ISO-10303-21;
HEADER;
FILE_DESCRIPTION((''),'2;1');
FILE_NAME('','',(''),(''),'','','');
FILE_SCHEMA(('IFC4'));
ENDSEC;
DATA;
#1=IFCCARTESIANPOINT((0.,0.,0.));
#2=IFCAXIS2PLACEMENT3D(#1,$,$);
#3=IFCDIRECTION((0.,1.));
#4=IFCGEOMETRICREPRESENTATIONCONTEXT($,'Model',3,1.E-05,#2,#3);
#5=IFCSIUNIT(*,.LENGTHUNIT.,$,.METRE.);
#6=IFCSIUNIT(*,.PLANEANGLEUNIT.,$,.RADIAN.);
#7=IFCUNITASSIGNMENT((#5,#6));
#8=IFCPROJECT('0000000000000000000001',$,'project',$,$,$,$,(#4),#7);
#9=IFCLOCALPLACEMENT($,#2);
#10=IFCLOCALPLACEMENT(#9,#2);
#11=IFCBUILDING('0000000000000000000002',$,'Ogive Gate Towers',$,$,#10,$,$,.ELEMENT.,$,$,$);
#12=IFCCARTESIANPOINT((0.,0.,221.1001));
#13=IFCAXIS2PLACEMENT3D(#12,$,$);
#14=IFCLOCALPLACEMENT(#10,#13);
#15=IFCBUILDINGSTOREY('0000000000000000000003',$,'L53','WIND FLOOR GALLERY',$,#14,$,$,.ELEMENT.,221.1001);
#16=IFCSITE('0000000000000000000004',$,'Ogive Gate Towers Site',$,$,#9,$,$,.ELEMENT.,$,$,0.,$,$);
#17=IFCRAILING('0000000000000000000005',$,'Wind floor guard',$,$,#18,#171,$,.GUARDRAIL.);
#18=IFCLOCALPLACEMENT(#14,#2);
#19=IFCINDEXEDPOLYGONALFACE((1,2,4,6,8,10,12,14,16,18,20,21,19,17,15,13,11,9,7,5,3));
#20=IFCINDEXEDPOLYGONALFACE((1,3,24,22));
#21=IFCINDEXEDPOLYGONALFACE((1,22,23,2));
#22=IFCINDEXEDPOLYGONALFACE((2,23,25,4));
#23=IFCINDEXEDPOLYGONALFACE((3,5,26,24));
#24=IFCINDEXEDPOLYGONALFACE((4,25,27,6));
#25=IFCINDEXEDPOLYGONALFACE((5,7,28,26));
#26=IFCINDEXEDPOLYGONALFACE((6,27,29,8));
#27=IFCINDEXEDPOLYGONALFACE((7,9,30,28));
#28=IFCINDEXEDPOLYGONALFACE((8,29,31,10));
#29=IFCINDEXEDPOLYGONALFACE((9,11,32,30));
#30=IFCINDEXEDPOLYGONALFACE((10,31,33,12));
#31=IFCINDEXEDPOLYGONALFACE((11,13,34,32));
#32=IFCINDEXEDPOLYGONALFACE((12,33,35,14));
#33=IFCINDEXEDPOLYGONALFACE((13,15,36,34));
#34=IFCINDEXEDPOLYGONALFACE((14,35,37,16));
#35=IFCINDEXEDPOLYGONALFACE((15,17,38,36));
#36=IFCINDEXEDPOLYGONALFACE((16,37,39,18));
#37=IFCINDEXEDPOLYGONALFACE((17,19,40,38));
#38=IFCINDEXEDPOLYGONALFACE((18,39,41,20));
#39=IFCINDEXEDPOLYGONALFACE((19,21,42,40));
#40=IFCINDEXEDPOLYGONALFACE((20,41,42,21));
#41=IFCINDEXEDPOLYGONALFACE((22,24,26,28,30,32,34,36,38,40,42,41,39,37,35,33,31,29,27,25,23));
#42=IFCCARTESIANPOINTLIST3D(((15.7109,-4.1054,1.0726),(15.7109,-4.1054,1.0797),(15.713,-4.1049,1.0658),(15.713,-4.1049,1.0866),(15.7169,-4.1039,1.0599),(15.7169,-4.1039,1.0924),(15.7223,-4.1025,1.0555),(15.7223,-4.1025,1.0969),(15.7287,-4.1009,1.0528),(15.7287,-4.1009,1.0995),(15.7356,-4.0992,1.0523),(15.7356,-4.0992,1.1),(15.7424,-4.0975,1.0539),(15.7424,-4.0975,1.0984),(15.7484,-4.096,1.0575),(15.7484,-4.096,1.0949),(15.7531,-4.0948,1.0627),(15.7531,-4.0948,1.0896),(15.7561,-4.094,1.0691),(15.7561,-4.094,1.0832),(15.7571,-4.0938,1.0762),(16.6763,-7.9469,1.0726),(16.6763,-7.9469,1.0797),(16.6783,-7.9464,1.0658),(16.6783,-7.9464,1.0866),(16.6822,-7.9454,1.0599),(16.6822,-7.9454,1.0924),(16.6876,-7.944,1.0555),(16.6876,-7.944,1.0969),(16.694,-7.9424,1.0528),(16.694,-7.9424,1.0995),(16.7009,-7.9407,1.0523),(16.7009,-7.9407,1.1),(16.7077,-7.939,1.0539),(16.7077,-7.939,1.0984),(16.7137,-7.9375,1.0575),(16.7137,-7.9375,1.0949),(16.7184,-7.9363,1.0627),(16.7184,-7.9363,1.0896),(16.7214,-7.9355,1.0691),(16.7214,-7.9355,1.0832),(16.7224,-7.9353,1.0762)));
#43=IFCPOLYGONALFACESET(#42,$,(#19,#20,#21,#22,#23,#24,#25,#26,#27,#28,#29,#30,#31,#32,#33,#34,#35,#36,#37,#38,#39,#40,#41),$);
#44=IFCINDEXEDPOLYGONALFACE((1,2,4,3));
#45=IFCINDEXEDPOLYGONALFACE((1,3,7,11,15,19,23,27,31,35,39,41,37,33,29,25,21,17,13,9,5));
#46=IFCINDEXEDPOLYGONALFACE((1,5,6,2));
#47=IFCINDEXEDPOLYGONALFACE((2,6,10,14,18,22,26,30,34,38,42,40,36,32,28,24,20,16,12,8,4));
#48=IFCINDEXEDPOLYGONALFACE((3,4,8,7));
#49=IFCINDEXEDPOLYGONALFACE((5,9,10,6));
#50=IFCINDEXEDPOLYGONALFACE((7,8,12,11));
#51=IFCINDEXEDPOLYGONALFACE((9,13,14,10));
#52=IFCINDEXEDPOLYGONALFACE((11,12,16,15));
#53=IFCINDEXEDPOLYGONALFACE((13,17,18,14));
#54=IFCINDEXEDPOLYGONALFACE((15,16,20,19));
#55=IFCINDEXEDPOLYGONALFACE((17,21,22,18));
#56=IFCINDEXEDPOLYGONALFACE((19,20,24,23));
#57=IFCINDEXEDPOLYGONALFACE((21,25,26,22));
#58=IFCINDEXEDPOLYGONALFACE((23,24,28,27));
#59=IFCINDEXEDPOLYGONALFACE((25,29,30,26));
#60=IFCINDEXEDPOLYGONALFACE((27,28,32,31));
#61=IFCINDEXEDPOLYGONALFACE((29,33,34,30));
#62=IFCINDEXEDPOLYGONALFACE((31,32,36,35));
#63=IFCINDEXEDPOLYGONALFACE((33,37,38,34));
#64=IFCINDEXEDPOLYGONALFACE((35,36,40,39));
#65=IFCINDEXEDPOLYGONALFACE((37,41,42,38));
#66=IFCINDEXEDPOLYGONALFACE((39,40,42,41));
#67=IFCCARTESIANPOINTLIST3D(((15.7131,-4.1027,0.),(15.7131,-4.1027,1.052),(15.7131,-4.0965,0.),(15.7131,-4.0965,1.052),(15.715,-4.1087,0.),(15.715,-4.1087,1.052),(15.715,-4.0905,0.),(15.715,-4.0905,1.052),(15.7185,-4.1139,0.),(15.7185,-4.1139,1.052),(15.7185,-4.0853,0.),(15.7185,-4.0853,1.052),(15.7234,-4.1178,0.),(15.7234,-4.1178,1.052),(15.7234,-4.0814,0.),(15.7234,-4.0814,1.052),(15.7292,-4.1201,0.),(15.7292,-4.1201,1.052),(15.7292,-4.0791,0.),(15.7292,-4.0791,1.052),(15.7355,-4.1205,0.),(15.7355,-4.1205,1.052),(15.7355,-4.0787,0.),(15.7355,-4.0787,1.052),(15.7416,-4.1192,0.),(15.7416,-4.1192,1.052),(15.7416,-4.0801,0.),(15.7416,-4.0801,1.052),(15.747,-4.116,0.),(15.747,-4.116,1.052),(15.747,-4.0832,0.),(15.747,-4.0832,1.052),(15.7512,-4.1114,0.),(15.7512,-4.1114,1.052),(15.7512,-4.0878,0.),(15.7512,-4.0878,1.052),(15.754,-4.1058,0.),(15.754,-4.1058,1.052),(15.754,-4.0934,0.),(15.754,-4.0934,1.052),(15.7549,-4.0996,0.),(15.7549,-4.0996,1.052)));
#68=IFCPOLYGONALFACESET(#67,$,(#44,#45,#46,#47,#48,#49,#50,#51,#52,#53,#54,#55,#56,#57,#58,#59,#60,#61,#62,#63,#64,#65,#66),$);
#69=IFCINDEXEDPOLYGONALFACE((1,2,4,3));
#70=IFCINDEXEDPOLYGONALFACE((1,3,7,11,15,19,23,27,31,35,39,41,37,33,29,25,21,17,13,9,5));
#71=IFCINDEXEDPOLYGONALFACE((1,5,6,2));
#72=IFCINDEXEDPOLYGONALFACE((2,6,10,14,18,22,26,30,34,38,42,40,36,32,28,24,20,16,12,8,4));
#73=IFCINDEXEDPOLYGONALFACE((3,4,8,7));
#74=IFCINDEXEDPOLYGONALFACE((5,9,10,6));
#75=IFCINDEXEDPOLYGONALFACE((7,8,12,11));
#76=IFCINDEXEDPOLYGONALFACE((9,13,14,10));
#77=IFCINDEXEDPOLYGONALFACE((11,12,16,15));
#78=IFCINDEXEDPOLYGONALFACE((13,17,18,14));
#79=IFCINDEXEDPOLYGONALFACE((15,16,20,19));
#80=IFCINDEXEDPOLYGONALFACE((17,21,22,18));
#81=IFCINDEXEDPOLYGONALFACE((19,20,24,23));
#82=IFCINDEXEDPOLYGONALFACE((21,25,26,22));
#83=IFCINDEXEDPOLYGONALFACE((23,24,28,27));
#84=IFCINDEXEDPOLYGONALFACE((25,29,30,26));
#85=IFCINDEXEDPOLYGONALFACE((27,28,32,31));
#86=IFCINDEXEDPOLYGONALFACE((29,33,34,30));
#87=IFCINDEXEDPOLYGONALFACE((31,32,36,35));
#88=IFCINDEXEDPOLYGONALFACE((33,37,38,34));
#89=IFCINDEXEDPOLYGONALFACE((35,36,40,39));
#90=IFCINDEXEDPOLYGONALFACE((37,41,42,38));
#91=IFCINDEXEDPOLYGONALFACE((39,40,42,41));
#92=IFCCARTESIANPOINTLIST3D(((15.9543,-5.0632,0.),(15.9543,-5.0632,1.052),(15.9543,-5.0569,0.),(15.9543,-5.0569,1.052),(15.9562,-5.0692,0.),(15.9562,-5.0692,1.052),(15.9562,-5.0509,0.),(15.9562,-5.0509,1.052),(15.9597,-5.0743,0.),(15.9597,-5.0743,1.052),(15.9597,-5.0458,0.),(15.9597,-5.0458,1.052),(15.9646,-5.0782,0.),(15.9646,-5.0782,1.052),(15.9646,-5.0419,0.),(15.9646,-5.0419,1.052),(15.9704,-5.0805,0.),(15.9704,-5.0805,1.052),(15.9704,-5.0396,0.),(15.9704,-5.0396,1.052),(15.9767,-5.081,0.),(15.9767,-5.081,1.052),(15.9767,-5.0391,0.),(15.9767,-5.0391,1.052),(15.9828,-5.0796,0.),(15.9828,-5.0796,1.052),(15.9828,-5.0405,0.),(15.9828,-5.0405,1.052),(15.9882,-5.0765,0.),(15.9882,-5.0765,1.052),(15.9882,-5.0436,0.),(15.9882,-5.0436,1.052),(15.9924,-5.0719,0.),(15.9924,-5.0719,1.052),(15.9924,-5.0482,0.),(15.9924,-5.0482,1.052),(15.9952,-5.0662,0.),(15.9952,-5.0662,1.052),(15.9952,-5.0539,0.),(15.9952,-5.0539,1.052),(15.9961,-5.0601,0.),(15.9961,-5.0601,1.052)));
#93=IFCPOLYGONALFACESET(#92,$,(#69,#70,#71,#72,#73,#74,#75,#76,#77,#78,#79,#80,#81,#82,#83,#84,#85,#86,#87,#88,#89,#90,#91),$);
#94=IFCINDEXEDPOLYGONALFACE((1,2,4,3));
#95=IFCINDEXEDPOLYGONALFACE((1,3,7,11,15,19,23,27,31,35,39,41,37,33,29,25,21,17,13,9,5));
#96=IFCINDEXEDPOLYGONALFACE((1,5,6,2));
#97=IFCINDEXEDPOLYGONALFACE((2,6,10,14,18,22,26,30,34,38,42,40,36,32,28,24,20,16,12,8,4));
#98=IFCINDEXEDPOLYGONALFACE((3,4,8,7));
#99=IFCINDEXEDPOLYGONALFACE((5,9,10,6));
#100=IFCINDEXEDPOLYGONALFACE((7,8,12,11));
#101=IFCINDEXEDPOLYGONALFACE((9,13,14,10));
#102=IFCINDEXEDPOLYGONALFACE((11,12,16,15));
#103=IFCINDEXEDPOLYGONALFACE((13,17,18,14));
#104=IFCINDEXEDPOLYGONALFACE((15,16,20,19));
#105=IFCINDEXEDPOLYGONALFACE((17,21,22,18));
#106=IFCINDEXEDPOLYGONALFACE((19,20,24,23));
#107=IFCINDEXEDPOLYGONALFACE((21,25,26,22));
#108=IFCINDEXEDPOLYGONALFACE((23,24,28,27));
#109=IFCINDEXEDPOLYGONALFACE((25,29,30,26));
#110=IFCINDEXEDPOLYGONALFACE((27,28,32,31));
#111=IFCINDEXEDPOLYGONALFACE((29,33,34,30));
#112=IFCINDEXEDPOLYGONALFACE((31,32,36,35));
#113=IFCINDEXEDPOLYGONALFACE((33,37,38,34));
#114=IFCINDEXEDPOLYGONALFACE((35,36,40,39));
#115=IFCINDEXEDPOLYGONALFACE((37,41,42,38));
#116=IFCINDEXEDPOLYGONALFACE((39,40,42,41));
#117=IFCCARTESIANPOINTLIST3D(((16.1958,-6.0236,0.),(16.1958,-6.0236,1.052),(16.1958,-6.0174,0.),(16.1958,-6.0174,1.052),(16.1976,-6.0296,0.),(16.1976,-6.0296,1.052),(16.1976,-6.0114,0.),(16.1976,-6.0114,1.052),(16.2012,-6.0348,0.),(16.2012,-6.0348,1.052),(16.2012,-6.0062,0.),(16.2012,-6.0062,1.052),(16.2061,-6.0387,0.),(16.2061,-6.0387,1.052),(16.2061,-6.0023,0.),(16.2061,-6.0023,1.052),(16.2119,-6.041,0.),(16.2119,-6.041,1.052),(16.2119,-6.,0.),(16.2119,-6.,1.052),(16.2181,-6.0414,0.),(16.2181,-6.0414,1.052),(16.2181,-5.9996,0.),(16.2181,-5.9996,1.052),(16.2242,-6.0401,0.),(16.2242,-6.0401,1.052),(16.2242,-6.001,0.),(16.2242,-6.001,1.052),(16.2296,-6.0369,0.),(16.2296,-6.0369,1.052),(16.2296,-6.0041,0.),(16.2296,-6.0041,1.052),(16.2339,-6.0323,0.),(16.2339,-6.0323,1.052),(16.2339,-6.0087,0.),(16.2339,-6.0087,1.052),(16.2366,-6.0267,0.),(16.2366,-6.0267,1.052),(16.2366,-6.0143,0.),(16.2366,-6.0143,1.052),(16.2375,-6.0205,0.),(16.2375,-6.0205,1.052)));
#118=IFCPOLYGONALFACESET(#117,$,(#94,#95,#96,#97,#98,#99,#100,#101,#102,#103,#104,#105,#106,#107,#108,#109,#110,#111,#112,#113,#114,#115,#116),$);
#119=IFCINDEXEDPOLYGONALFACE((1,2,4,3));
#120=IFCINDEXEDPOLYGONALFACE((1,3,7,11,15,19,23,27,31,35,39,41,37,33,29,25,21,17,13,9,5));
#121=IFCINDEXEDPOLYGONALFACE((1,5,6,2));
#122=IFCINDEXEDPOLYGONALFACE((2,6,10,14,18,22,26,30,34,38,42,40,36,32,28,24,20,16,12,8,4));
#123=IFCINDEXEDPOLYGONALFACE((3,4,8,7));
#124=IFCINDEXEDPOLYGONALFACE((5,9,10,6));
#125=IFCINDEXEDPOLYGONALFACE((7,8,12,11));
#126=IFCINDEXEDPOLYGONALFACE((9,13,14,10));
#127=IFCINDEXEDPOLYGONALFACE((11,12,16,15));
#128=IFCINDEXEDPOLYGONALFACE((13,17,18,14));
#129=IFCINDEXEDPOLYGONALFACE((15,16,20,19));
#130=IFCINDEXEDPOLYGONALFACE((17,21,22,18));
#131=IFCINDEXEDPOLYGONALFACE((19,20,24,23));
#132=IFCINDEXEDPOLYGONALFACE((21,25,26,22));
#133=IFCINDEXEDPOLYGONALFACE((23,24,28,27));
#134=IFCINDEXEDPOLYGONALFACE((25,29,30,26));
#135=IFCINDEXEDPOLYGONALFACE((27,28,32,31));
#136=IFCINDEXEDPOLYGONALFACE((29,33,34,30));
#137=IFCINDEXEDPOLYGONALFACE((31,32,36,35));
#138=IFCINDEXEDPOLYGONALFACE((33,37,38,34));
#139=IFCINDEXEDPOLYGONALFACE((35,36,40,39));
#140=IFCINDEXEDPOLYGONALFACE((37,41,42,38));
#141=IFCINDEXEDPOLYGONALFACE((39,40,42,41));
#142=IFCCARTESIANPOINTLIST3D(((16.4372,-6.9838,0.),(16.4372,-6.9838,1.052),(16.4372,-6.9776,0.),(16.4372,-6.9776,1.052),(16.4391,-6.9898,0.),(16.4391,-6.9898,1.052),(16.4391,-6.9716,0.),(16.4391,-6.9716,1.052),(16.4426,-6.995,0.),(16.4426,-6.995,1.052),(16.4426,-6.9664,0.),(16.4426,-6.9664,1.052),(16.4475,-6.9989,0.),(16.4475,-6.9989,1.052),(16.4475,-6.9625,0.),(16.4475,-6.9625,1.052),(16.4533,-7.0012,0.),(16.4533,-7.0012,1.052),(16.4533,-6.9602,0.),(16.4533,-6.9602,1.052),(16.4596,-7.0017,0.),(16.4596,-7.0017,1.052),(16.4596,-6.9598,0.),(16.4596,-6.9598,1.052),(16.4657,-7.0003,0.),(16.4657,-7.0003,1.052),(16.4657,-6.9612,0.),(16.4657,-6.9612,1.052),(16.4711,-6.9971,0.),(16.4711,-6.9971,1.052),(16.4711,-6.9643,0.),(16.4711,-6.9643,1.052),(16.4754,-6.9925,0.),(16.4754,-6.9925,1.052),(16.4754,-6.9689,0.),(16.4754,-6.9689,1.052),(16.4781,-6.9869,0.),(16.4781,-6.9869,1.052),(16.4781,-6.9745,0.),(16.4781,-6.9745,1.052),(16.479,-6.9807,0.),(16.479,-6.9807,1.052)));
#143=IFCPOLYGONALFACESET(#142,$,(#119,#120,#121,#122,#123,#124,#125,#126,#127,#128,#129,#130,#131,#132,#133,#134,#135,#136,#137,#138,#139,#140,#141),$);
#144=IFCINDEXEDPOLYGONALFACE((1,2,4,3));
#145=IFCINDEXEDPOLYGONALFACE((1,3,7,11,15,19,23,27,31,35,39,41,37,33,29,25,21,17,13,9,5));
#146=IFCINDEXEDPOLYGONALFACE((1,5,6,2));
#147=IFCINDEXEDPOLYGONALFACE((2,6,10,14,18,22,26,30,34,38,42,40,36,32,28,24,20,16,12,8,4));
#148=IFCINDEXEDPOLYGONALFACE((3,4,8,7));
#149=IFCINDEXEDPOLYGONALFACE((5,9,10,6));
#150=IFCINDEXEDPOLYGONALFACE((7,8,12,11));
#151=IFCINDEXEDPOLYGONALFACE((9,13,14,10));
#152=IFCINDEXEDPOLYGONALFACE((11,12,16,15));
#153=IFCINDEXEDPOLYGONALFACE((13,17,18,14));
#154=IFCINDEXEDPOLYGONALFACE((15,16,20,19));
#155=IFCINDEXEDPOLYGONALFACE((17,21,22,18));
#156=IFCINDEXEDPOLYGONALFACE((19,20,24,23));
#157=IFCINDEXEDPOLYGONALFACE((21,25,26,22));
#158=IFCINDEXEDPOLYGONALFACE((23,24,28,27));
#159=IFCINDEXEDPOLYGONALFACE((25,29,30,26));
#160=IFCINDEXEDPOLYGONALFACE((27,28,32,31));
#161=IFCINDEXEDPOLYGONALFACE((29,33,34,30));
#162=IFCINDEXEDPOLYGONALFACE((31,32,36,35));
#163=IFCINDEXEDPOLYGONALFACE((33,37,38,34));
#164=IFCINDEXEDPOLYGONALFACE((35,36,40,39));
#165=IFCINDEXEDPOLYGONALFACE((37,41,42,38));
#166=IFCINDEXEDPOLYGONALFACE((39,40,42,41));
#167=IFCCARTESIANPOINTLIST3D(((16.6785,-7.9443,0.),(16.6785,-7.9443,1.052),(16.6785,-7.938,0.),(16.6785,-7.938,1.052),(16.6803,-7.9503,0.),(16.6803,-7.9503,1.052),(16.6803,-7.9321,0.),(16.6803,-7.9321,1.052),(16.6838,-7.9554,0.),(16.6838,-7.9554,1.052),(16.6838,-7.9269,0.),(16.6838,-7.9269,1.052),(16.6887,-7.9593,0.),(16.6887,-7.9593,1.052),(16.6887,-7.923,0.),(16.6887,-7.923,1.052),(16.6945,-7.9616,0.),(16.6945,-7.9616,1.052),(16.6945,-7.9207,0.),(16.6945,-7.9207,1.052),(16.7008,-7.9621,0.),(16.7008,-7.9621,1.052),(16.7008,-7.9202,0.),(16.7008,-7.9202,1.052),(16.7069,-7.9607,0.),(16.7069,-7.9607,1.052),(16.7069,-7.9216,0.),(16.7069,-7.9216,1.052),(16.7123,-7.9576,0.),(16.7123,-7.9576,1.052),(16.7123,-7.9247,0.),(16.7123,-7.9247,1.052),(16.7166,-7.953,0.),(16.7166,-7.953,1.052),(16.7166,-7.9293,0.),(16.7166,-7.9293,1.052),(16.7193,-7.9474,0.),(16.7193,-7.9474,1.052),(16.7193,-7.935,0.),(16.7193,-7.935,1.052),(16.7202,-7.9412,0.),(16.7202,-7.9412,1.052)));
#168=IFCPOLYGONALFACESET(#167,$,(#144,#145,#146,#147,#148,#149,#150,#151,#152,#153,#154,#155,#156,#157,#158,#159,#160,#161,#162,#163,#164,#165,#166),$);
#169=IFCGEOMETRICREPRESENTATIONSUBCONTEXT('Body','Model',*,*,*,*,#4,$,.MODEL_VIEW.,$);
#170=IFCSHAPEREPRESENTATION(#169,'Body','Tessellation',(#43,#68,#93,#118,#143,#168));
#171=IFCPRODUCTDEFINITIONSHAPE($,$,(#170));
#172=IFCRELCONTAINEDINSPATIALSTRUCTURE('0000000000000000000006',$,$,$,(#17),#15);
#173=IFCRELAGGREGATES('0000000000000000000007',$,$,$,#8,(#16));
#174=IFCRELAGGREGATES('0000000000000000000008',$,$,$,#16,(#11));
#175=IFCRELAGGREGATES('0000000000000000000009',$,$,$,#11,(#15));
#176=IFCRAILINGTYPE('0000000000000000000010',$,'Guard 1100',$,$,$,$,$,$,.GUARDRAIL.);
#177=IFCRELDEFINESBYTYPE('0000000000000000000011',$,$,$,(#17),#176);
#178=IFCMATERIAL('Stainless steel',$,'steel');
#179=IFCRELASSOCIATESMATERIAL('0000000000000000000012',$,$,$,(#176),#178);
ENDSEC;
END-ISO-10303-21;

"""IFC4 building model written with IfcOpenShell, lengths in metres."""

from ifc_helpers import new_model, si_unit, direction, frame, origin, origin_2d, place, context, subcontext, project, spatial, circle, extrude, material, type_object, element, save


model = new_model("IFC4")

# Units and contexts
model_context = context("Model", 3, precision=1e-05, world=origin(), true_north=direction((0.0, 1.0)))
body_context = subcontext(model_context, "Body", "Model", "MODEL_VIEW")
ifc_project = project(units=[si_unit("LENGTHUNIT", "METRE"), si_unit("PLANEANGLEUNIT", "RADIAN")], contexts=[model_context])

# Site, building, storey
site_placement = place(None, origin())
site = spatial("IfcSite", under=ifc_project, at=site_placement, Name="Ogive Gate Towers Site", CompositionType="ELEMENT", RefElevation=0.0)
building_placement = place(site_placement, origin())
building = spatial("IfcBuilding", under=site, at=building_placement, Name="Ogive Gate Towers", CompositionType="ELEMENT")
storey_placement = place(building_placement, frame((0.0, 0.0, 221.1001)))
storey = spatial("IfcBuildingStorey", under=building, at=storey_placement, Name="L53", Description="WIND FLOOR GALLERY", CompositionType="ELEMENT", Elevation=221.1001)

# Railing
ifc_material_1 = material(Name="Stainless steel", Category="steel")
railing_type = type_object("IfcRailingType", Name="Guard 1100", PredefinedType="GUARDRAIL", material=ifc_material_1)
railing_1_placement = place(storey_placement, frame((15.7339, -4.0996, 0.0)))
element("IfcRailing", 1, at=railing_1_placement, inside=storey, type_object=railing_type, Name="Wind floor guard", PredefinedType="GUARDRAIL", context=body_context, shape_type="SweptSolid", body=[
    extrude(circle(Radius=0.0239, at=origin_2d()), frame((0.0, 0.0, 1.0762), z_axis=(0.24371, -0.969848, 0.0), x_axis=(0.969848, 0.24371, 0.0)), (0.0, 0.0, 1.0), 3.9609),
    extrude(circle(Radius=0.021, at=origin_2d()), origin(), (0.0, 0.0, 1.0), 1.052),
    extrude(circle(Radius=0.021, at=origin_2d()), frame((0.2412, -0.9604, 0.0)), (0.0, 0.0, 1.0), 1.052),
    extrude(circle(Radius=0.021, at=origin_2d()), frame((0.4827, -1.9209, 0.0)), (0.0, 0.0, 1.0), 1.052),
    extrude(circle(Radius=0.021, at=origin_2d()), frame((0.7241, -2.8811, 0.0)), (0.0, 0.0, 1.0), 1.052),
    extrude(circle(Radius=0.021, at=origin_2d()), frame((0.9653, -3.8416, 0.0)), (0.0, 0.0, 1.0), 1.052),
])

save(model, "model.ifc")
